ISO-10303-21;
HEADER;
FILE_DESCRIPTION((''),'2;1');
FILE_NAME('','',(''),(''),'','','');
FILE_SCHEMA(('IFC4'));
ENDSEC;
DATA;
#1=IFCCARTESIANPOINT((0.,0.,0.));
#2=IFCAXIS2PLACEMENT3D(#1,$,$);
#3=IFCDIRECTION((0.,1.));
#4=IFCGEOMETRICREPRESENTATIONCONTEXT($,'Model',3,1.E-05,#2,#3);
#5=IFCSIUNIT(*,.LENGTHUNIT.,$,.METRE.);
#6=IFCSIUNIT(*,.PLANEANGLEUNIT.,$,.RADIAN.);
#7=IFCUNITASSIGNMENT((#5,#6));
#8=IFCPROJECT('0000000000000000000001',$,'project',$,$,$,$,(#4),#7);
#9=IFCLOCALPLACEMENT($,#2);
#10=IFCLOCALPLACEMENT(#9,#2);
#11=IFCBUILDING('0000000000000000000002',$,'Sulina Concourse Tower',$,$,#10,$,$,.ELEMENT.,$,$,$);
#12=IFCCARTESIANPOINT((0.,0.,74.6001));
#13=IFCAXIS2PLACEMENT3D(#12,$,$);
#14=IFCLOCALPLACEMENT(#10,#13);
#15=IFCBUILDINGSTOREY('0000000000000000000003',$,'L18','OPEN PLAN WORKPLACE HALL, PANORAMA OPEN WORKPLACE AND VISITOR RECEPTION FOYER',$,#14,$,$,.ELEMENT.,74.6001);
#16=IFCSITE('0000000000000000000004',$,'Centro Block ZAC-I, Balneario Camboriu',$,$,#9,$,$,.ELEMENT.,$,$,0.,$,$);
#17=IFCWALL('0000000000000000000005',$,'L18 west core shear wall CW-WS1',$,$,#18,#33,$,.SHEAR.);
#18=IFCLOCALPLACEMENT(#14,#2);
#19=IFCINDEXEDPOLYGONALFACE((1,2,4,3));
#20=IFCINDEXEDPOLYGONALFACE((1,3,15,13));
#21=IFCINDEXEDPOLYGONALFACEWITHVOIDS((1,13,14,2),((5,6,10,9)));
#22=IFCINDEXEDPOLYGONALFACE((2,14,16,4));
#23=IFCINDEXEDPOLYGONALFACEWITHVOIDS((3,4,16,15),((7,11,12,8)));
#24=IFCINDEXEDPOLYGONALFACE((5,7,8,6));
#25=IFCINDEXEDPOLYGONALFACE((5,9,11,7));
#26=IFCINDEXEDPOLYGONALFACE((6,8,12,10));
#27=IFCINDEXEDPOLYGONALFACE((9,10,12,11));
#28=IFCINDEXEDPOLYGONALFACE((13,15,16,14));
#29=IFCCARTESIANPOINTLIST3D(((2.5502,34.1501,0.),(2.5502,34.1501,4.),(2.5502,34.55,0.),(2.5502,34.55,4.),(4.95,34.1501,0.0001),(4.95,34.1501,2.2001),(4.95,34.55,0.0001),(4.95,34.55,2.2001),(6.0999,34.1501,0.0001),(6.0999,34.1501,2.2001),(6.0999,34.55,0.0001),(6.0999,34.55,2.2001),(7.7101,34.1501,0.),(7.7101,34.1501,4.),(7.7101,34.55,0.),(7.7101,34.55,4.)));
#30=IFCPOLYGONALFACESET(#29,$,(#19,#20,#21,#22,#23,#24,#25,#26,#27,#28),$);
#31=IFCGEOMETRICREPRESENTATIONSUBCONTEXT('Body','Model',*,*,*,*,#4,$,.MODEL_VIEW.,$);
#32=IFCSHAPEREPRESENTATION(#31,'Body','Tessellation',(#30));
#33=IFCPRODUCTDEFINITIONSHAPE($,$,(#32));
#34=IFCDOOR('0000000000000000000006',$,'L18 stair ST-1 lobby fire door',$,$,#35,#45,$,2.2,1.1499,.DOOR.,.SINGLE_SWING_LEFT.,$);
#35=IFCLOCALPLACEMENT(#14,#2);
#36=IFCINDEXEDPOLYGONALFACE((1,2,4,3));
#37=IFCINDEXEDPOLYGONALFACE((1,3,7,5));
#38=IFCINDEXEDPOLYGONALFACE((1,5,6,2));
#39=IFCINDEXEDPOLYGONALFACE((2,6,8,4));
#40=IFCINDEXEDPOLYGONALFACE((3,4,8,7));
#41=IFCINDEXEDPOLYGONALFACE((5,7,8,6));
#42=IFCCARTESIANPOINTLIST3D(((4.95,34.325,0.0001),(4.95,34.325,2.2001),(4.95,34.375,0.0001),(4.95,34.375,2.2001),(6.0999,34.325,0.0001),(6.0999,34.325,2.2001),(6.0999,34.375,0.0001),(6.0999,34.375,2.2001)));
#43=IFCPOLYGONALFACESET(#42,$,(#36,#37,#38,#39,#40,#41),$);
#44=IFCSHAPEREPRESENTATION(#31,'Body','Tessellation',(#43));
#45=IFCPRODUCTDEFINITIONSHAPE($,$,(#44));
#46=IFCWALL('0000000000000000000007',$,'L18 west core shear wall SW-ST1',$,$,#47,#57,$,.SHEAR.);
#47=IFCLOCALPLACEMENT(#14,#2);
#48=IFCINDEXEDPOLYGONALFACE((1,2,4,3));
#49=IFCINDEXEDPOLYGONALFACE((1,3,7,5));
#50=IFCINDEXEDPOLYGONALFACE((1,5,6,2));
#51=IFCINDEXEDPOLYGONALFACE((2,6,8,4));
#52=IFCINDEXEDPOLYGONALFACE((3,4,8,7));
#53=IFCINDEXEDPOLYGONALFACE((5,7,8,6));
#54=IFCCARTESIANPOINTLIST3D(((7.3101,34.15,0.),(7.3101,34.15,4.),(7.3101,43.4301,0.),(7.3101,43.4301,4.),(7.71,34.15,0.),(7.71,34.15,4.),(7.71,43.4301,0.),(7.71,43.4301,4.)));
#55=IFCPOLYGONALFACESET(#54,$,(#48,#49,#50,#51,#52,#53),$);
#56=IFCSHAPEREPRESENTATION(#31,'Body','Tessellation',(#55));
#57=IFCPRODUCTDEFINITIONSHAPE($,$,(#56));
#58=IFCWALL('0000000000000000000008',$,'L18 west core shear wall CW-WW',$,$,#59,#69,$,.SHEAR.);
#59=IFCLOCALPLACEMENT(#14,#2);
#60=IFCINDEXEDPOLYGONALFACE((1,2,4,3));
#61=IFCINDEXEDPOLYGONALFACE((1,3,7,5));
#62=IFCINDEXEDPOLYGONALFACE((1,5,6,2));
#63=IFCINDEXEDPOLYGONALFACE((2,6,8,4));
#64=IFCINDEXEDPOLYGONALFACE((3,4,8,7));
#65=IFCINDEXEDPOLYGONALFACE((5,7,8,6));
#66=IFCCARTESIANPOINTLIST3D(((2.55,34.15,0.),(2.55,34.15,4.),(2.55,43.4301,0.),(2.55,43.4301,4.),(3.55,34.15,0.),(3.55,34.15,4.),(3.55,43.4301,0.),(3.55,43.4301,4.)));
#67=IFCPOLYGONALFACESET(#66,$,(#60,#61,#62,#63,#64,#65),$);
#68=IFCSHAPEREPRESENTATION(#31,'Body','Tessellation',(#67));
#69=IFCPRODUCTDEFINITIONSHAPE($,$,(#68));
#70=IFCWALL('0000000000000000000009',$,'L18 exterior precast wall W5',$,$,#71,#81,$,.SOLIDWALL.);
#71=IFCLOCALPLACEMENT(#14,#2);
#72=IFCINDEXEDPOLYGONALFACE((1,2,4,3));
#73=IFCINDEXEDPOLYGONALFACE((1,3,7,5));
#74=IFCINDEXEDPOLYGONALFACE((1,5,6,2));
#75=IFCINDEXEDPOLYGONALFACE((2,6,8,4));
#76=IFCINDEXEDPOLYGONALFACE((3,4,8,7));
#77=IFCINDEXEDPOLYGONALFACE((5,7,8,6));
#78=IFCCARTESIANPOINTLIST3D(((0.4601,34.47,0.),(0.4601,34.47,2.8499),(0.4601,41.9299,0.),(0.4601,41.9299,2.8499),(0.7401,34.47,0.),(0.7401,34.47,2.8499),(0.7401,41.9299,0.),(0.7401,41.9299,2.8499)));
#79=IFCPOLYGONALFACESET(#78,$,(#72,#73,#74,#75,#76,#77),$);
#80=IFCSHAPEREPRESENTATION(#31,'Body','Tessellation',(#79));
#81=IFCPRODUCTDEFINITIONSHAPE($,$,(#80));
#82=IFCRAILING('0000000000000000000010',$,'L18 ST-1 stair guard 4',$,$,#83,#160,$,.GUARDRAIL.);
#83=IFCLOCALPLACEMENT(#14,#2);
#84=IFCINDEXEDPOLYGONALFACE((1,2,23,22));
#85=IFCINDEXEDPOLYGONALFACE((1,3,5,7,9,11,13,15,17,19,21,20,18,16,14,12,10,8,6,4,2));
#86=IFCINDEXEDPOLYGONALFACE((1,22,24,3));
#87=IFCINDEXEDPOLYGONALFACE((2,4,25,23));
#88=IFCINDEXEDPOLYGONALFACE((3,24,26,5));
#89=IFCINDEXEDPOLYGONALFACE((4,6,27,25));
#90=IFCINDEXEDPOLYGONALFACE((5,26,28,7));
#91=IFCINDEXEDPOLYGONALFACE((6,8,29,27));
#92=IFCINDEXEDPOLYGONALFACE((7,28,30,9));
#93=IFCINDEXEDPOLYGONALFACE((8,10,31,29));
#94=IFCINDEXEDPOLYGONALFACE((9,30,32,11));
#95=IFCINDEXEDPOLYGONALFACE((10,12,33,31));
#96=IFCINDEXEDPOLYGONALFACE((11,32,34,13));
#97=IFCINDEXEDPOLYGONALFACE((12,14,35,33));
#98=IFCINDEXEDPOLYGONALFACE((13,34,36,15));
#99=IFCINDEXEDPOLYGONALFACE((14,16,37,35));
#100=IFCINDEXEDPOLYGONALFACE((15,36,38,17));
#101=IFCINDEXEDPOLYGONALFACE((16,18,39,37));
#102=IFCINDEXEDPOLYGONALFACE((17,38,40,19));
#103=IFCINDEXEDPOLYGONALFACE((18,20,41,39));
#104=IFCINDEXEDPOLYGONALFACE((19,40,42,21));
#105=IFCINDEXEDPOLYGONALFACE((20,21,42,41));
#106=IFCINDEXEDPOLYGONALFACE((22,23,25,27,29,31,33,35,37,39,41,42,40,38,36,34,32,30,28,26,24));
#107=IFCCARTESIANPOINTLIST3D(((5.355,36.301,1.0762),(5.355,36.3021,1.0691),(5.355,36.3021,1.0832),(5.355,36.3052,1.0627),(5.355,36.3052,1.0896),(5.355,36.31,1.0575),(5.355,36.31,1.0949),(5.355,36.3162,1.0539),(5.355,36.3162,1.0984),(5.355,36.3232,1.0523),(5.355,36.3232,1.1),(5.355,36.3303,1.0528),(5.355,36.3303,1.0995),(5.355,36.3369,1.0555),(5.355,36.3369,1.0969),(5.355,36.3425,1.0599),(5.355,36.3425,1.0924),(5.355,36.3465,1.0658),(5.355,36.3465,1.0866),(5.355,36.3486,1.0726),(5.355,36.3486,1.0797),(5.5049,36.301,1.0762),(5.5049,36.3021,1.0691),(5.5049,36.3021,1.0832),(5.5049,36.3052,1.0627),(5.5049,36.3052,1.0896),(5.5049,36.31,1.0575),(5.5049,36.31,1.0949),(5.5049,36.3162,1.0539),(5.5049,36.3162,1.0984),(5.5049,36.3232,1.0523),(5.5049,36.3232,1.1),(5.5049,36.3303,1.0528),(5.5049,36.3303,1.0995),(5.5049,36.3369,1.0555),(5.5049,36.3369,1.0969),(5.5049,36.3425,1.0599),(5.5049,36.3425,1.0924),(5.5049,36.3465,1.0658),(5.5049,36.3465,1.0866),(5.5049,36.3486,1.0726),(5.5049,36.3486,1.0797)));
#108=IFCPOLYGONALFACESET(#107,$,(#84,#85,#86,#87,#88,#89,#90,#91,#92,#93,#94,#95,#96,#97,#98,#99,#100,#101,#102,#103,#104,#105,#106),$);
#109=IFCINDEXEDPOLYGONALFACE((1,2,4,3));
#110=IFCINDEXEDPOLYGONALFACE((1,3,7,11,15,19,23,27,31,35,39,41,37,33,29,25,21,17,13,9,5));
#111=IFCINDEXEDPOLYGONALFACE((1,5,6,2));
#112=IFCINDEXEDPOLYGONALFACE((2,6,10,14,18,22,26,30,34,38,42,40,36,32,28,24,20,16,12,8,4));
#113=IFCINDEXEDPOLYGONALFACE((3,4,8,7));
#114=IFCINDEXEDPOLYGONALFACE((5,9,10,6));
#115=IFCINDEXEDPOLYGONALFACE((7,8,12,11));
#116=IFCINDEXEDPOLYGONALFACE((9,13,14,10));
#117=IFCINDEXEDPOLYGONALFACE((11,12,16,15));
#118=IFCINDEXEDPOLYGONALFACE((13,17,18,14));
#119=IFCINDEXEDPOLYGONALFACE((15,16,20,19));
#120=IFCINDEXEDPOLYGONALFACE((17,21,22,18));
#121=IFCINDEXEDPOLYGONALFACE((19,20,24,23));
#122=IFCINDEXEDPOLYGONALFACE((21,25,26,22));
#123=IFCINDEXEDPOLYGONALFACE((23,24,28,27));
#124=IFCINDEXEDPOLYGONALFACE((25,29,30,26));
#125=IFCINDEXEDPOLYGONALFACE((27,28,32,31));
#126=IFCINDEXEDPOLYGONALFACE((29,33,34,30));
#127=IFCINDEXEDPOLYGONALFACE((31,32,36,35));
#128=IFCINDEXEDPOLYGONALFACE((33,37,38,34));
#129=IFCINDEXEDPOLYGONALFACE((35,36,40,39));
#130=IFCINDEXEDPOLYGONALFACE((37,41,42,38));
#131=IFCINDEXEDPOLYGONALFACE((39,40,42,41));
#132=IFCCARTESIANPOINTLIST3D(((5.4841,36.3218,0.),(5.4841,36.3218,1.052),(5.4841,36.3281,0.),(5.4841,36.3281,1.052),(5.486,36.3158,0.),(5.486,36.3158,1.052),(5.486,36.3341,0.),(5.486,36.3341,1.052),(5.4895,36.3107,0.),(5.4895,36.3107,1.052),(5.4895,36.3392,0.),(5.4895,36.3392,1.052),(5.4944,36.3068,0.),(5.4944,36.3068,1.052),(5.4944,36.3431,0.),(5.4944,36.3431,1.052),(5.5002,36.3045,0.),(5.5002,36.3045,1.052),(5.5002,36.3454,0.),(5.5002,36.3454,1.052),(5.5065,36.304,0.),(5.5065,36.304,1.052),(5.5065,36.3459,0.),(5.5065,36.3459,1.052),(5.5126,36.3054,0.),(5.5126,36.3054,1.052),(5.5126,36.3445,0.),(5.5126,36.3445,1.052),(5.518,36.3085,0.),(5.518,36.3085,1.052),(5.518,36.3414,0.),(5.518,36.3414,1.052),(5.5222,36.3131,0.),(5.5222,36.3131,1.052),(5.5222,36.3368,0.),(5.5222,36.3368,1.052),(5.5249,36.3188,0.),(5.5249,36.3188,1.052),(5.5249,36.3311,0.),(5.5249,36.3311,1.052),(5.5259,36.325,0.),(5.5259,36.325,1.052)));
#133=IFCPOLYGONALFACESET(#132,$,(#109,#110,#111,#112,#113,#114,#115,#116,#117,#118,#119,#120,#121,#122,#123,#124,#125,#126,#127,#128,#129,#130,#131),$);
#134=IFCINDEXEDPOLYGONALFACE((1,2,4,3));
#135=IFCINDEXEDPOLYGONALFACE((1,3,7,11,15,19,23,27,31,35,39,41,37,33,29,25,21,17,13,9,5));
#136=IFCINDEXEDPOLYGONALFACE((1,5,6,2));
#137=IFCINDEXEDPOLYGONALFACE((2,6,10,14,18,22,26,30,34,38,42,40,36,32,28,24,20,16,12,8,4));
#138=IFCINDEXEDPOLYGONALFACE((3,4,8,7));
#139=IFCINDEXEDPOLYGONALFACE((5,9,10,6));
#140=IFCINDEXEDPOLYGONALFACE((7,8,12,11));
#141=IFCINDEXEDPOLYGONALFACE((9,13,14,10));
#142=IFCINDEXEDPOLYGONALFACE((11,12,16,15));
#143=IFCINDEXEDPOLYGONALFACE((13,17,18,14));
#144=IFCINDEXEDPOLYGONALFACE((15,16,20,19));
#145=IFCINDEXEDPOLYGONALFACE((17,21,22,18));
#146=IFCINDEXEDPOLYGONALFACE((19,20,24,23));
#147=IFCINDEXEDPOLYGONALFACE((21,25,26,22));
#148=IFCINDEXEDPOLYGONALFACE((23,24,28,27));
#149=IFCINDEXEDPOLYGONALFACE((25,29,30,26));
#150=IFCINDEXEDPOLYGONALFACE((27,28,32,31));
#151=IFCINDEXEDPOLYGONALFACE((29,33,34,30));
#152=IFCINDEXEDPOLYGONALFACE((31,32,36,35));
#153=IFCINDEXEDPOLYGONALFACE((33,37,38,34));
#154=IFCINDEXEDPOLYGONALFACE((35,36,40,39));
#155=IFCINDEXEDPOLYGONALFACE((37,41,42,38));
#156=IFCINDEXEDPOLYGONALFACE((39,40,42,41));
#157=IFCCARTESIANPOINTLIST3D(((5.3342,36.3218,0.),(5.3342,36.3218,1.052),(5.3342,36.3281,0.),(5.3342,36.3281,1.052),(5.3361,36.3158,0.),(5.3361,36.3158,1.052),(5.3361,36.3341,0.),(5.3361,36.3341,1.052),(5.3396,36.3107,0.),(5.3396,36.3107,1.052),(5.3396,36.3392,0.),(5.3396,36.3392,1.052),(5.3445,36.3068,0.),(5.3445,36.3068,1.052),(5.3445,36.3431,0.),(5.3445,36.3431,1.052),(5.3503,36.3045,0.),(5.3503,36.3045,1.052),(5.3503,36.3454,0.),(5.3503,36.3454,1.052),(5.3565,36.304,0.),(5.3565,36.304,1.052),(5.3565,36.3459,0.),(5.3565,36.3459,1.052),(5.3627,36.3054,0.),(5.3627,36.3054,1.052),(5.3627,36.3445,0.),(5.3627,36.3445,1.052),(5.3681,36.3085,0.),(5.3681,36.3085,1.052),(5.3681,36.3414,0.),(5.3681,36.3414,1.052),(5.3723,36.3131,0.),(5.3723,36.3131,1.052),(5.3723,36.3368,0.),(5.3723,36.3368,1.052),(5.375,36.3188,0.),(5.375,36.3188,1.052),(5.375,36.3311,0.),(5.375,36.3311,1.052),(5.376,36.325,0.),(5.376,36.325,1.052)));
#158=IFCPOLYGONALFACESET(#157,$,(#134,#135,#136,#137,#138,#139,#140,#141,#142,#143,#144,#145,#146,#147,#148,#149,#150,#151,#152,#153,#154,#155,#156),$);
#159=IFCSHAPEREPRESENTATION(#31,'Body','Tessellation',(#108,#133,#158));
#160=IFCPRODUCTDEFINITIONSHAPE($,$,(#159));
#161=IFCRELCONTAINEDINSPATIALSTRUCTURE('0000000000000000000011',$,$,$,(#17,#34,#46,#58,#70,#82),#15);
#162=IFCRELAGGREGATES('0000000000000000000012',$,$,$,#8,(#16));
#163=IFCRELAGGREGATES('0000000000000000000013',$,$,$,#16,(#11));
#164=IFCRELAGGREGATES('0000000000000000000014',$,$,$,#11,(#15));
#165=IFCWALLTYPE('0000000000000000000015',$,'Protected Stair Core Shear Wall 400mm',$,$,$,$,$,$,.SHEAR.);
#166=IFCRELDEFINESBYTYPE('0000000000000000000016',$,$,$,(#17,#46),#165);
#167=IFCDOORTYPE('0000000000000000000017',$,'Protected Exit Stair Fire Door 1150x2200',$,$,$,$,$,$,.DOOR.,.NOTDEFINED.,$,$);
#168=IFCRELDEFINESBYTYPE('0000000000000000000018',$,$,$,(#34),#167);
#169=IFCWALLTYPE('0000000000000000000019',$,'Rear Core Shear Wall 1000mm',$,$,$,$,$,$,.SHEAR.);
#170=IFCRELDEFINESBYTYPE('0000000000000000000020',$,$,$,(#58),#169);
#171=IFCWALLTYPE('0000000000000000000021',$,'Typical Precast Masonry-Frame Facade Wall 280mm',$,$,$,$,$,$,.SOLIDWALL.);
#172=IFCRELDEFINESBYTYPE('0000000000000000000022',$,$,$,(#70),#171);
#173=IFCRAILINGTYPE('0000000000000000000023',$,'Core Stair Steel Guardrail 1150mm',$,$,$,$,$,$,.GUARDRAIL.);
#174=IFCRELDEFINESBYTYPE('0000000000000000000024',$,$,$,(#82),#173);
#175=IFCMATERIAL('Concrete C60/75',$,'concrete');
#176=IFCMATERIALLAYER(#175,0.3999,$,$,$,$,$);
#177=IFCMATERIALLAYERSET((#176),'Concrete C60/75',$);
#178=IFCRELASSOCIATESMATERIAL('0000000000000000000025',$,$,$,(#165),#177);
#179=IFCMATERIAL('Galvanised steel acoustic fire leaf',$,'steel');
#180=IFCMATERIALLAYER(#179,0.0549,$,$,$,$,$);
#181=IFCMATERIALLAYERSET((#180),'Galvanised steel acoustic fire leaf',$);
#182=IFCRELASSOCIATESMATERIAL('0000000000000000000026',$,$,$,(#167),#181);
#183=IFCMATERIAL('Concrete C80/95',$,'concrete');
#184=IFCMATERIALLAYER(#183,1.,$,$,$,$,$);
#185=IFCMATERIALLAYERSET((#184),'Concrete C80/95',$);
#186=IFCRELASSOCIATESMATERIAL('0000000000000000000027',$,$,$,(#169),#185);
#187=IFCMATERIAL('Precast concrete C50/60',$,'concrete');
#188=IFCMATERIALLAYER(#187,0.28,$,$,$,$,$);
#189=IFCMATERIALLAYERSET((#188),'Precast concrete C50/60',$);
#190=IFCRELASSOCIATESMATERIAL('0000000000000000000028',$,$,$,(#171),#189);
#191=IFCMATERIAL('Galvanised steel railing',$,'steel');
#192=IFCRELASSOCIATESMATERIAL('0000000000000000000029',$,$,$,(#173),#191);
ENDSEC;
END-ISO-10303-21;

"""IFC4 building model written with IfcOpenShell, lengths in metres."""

from ifc_helpers import new_model, si_unit, direction, frame, frame_2d, origin, origin_2d, place, context, subcontext, project, spatial, rectangle, circle, extrude, material, layer, layer_set, type_object, element, fill, save


model = new_model("IFC4")

# Units and contexts
model_context = context("Model", 3, precision=1e-05, world=origin(), true_north=direction((0.0, 1.0)))
body_context = subcontext(model_context, "Body", "Model", "MODEL_VIEW")
ifc_project = project(units=[si_unit("LENGTHUNIT", "METRE"), si_unit("PLANEANGLEUNIT", "RADIAN")], contexts=[model_context])

# Site, building, storey
site_placement = place(None, origin())
site = spatial("IfcSite", under=ifc_project, at=site_placement, Name="Centro Block ZAC-I, Balneario Camboriu", CompositionType="ELEMENT", RefElevation=0.0)
building_placement = place(site_placement, origin())
building = spatial("IfcBuilding", under=site, at=building_placement, Name="Sulina Concourse Tower", CompositionType="ELEMENT")
storey_placement = place(building_placement, frame((0.0, 0.0, 74.6001)))
storey = spatial("IfcBuildingStorey", under=building, at=storey_placement, Name="L18", Description="OPEN PLAN WORKPLACE HALL, PANORAMA OPEN WORKPLACE AND VISITOR RECEPTION FOYER", CompositionType="ELEMENT", Elevation=74.6001)

# Wall, opening, door
ifc_material_1 = material(Name="Concrete C60/75", Category="concrete")
ifc_layer_1 = layer(ifc_material_1, 0.3999)
ifc_layer_set_1 = layer_set([ifc_layer_1], Name="Concrete C60/75")
wall_type_1 = type_object("IfcWallType", Name="Protected Stair Core Shear Wall 400mm", PredefinedType="SHEAR", material=ifc_layer_set_1)
wall_1_placement = place(storey_placement, frame((2.55, 34.3501, 0.0), z_axis=(0.0, 0.0, 1.0), x_axis=(1.0, 0.0, 0.0)))
wall_1 = element("IfcWall", 1, at=wall_1_placement, inside=storey, type_object=wall_type_1, Name="L18 west core shear wall CW-WS1", PredefinedType="SHEAR", context=body_context, shape_type="SweptSolid", body=[
    extrude(rectangle(XDim=5.1599, YDim=0.3999, at=frame_2d((2.5801, 0.0))), origin(), (0.0, 0.0, 1.0), 4.0),
])
opening_placement = place(wall_1_placement, frame((2.3999, 0.0, 0.0)))
opening = element("IfcOpeningElement", 2, at=opening_placement, cuts=wall_1, PredefinedType="OPENING", context=body_context, shape_type="SweptSolid", body=[
    extrude(rectangle(XDim=1.1499, YDim=2.2, at=frame_2d((0.575, 1.1001))), frame((0.0, 0.21, 0.0), z_axis=(0.0, -1.0, 0.0), x_axis=(1.0, 0.0, 0.0)), (0.0, 0.0, 1.0), 0.4199),
])
ifc_material_2 = material(Name="Galvanised steel acoustic fire leaf", Category="steel")
ifc_layer_2 = layer(ifc_material_2, 0.0549)
ifc_layer_set_2 = layer_set([ifc_layer_2], Name="Galvanised steel acoustic fire leaf")
door_type = type_object("IfcDoorType", Name="Protected Exit Stair Fire Door 1150x2200", OperationType="NOTDEFINED", PredefinedType="DOOR", material=ifc_layer_set_2)
door_placement = place(opening_placement, origin())
door = element("IfcDoor", 3, at=door_placement, inside=storey, type_object=door_type, Name="L18 stair ST-1 lobby fire door", OperationType="SINGLE_SWING_LEFT", OverallHeight=2.2, OverallWidth=1.1499, PredefinedType="DOOR", context=body_context, shape_type="SweptSolid", body=[
    extrude(rectangle(XDim=1.1499, YDim=2.2, at=frame_2d((0.575, 1.1001))), frame((0.0, 0.0249, 0.0), z_axis=(0.0, -1.0, 0.0), x_axis=(1.0, 0.0, 0.0)), (0.0, 0.0, 1.0), 0.05),
])
fill(opening, door)

# Walls
wall_2_placement = place(storey_placement, frame((7.51, 34.1499, 0.0), z_axis=(0.0, 0.0, 1.0), x_axis=(0.0, 1.0, 0.0)))
element("IfcWall", 4, at=wall_2_placement, inside=storey, type_object=wall_type_1, Name="L18 west core shear wall SW-ST1", PredefinedType="SHEAR", context=body_context, shape_type="SweptSolid", body=[
    extrude(rectangle(XDim=9.28, YDim=0.3999, at=frame_2d((4.6401, 0.0))), origin(), (0.0, 0.0, 1.0), 4.0),
])
ifc_material_3 = material(Name="Concrete C80/95", Category="concrete")
ifc_layer_3 = layer(ifc_material_3, 1.0)
ifc_layer_set_3 = layer_set([ifc_layer_3], Name="Concrete C80/95")
wall_type_2 = type_object("IfcWallType", Name="Rear Core Shear Wall 1000mm", PredefinedType="SHEAR", material=ifc_layer_set_3)
wall_3_placement = place(storey_placement, frame((3.05, 34.1499, 0.0), z_axis=(0.0, 0.0, 1.0), x_axis=(0.0, 1.0, 0.0)))
element("IfcWall", 5, at=wall_3_placement, inside=storey, type_object=wall_type_2, Name="L18 west core shear wall CW-WW", PredefinedType="SHEAR", context=body_context, shape_type="SweptSolid", body=[
    extrude(rectangle(XDim=9.28, YDim=1.0, at=frame_2d((4.6401, 0.0))), origin(), (0.0, 0.0, 1.0), 4.0),
])
ifc_material_4 = material(Name="Precast concrete C50/60", Category="concrete")
ifc_layer_4 = layer(ifc_material_4, 0.28)
ifc_layer_set_4 = layer_set([ifc_layer_4], Name="Precast concrete C50/60")
wall_type_3 = type_object("IfcWallType", Name="Typical Precast Masonry-Frame Facade Wall 280mm", PredefinedType="SOLIDWALL", material=ifc_layer_set_4)
wall_4_placement = place(storey_placement, frame((0.6001, 34.47, 0.0), z_axis=(0.0, 0.0, 1.0), x_axis=(0.0, 1.0, 0.0)))
element("IfcWall", 6, at=wall_4_placement, inside=storey, type_object=wall_type_3, Name="L18 exterior precast wall W5", PredefinedType="SOLIDWALL", context=body_context, shape_type="SweptSolid", body=[
    extrude(rectangle(XDim=7.46, YDim=0.28, at=frame_2d((3.73, 0.0))), origin(), (0.0, 0.0, 1.0), 2.8499),
])

# Railing
ifc_material_5 = material(Name="Galvanised steel railing", Category="steel")
railing_type = type_object("IfcRailingType", Name="Core Stair Steel Guardrail 1150mm", PredefinedType="GUARDRAIL", material=ifc_material_5)
railing_placement = place(storey_placement, frame((5.5049, 36.325, 0.0)))
element("IfcRailing", 7, at=railing_placement, inside=storey, type_object=railing_type, Name="L18 ST-1 stair guard 4", PredefinedType="GUARDRAIL", context=body_context, shape_type="SweptSolid", body=[
    extrude(circle(Radius=0.0239, at=origin_2d()), frame((0.0, 0.0, 1.0762), z_axis=(-1.0, 0.0, 0.0), x_axis=(0.0, -1.0, 0.0)), (0.0, 0.0, 1.0), 0.1499),
    extrude(circle(Radius=0.021, at=origin_2d()), origin(), (0.0, 0.0, 1.0), 1.052),
    extrude(circle(Radius=0.021, at=origin_2d()), frame((-0.1499, 0.0, 0.0)), (0.0, 0.0, 1.0), 1.052),
])

save(model, "model.ifc")
